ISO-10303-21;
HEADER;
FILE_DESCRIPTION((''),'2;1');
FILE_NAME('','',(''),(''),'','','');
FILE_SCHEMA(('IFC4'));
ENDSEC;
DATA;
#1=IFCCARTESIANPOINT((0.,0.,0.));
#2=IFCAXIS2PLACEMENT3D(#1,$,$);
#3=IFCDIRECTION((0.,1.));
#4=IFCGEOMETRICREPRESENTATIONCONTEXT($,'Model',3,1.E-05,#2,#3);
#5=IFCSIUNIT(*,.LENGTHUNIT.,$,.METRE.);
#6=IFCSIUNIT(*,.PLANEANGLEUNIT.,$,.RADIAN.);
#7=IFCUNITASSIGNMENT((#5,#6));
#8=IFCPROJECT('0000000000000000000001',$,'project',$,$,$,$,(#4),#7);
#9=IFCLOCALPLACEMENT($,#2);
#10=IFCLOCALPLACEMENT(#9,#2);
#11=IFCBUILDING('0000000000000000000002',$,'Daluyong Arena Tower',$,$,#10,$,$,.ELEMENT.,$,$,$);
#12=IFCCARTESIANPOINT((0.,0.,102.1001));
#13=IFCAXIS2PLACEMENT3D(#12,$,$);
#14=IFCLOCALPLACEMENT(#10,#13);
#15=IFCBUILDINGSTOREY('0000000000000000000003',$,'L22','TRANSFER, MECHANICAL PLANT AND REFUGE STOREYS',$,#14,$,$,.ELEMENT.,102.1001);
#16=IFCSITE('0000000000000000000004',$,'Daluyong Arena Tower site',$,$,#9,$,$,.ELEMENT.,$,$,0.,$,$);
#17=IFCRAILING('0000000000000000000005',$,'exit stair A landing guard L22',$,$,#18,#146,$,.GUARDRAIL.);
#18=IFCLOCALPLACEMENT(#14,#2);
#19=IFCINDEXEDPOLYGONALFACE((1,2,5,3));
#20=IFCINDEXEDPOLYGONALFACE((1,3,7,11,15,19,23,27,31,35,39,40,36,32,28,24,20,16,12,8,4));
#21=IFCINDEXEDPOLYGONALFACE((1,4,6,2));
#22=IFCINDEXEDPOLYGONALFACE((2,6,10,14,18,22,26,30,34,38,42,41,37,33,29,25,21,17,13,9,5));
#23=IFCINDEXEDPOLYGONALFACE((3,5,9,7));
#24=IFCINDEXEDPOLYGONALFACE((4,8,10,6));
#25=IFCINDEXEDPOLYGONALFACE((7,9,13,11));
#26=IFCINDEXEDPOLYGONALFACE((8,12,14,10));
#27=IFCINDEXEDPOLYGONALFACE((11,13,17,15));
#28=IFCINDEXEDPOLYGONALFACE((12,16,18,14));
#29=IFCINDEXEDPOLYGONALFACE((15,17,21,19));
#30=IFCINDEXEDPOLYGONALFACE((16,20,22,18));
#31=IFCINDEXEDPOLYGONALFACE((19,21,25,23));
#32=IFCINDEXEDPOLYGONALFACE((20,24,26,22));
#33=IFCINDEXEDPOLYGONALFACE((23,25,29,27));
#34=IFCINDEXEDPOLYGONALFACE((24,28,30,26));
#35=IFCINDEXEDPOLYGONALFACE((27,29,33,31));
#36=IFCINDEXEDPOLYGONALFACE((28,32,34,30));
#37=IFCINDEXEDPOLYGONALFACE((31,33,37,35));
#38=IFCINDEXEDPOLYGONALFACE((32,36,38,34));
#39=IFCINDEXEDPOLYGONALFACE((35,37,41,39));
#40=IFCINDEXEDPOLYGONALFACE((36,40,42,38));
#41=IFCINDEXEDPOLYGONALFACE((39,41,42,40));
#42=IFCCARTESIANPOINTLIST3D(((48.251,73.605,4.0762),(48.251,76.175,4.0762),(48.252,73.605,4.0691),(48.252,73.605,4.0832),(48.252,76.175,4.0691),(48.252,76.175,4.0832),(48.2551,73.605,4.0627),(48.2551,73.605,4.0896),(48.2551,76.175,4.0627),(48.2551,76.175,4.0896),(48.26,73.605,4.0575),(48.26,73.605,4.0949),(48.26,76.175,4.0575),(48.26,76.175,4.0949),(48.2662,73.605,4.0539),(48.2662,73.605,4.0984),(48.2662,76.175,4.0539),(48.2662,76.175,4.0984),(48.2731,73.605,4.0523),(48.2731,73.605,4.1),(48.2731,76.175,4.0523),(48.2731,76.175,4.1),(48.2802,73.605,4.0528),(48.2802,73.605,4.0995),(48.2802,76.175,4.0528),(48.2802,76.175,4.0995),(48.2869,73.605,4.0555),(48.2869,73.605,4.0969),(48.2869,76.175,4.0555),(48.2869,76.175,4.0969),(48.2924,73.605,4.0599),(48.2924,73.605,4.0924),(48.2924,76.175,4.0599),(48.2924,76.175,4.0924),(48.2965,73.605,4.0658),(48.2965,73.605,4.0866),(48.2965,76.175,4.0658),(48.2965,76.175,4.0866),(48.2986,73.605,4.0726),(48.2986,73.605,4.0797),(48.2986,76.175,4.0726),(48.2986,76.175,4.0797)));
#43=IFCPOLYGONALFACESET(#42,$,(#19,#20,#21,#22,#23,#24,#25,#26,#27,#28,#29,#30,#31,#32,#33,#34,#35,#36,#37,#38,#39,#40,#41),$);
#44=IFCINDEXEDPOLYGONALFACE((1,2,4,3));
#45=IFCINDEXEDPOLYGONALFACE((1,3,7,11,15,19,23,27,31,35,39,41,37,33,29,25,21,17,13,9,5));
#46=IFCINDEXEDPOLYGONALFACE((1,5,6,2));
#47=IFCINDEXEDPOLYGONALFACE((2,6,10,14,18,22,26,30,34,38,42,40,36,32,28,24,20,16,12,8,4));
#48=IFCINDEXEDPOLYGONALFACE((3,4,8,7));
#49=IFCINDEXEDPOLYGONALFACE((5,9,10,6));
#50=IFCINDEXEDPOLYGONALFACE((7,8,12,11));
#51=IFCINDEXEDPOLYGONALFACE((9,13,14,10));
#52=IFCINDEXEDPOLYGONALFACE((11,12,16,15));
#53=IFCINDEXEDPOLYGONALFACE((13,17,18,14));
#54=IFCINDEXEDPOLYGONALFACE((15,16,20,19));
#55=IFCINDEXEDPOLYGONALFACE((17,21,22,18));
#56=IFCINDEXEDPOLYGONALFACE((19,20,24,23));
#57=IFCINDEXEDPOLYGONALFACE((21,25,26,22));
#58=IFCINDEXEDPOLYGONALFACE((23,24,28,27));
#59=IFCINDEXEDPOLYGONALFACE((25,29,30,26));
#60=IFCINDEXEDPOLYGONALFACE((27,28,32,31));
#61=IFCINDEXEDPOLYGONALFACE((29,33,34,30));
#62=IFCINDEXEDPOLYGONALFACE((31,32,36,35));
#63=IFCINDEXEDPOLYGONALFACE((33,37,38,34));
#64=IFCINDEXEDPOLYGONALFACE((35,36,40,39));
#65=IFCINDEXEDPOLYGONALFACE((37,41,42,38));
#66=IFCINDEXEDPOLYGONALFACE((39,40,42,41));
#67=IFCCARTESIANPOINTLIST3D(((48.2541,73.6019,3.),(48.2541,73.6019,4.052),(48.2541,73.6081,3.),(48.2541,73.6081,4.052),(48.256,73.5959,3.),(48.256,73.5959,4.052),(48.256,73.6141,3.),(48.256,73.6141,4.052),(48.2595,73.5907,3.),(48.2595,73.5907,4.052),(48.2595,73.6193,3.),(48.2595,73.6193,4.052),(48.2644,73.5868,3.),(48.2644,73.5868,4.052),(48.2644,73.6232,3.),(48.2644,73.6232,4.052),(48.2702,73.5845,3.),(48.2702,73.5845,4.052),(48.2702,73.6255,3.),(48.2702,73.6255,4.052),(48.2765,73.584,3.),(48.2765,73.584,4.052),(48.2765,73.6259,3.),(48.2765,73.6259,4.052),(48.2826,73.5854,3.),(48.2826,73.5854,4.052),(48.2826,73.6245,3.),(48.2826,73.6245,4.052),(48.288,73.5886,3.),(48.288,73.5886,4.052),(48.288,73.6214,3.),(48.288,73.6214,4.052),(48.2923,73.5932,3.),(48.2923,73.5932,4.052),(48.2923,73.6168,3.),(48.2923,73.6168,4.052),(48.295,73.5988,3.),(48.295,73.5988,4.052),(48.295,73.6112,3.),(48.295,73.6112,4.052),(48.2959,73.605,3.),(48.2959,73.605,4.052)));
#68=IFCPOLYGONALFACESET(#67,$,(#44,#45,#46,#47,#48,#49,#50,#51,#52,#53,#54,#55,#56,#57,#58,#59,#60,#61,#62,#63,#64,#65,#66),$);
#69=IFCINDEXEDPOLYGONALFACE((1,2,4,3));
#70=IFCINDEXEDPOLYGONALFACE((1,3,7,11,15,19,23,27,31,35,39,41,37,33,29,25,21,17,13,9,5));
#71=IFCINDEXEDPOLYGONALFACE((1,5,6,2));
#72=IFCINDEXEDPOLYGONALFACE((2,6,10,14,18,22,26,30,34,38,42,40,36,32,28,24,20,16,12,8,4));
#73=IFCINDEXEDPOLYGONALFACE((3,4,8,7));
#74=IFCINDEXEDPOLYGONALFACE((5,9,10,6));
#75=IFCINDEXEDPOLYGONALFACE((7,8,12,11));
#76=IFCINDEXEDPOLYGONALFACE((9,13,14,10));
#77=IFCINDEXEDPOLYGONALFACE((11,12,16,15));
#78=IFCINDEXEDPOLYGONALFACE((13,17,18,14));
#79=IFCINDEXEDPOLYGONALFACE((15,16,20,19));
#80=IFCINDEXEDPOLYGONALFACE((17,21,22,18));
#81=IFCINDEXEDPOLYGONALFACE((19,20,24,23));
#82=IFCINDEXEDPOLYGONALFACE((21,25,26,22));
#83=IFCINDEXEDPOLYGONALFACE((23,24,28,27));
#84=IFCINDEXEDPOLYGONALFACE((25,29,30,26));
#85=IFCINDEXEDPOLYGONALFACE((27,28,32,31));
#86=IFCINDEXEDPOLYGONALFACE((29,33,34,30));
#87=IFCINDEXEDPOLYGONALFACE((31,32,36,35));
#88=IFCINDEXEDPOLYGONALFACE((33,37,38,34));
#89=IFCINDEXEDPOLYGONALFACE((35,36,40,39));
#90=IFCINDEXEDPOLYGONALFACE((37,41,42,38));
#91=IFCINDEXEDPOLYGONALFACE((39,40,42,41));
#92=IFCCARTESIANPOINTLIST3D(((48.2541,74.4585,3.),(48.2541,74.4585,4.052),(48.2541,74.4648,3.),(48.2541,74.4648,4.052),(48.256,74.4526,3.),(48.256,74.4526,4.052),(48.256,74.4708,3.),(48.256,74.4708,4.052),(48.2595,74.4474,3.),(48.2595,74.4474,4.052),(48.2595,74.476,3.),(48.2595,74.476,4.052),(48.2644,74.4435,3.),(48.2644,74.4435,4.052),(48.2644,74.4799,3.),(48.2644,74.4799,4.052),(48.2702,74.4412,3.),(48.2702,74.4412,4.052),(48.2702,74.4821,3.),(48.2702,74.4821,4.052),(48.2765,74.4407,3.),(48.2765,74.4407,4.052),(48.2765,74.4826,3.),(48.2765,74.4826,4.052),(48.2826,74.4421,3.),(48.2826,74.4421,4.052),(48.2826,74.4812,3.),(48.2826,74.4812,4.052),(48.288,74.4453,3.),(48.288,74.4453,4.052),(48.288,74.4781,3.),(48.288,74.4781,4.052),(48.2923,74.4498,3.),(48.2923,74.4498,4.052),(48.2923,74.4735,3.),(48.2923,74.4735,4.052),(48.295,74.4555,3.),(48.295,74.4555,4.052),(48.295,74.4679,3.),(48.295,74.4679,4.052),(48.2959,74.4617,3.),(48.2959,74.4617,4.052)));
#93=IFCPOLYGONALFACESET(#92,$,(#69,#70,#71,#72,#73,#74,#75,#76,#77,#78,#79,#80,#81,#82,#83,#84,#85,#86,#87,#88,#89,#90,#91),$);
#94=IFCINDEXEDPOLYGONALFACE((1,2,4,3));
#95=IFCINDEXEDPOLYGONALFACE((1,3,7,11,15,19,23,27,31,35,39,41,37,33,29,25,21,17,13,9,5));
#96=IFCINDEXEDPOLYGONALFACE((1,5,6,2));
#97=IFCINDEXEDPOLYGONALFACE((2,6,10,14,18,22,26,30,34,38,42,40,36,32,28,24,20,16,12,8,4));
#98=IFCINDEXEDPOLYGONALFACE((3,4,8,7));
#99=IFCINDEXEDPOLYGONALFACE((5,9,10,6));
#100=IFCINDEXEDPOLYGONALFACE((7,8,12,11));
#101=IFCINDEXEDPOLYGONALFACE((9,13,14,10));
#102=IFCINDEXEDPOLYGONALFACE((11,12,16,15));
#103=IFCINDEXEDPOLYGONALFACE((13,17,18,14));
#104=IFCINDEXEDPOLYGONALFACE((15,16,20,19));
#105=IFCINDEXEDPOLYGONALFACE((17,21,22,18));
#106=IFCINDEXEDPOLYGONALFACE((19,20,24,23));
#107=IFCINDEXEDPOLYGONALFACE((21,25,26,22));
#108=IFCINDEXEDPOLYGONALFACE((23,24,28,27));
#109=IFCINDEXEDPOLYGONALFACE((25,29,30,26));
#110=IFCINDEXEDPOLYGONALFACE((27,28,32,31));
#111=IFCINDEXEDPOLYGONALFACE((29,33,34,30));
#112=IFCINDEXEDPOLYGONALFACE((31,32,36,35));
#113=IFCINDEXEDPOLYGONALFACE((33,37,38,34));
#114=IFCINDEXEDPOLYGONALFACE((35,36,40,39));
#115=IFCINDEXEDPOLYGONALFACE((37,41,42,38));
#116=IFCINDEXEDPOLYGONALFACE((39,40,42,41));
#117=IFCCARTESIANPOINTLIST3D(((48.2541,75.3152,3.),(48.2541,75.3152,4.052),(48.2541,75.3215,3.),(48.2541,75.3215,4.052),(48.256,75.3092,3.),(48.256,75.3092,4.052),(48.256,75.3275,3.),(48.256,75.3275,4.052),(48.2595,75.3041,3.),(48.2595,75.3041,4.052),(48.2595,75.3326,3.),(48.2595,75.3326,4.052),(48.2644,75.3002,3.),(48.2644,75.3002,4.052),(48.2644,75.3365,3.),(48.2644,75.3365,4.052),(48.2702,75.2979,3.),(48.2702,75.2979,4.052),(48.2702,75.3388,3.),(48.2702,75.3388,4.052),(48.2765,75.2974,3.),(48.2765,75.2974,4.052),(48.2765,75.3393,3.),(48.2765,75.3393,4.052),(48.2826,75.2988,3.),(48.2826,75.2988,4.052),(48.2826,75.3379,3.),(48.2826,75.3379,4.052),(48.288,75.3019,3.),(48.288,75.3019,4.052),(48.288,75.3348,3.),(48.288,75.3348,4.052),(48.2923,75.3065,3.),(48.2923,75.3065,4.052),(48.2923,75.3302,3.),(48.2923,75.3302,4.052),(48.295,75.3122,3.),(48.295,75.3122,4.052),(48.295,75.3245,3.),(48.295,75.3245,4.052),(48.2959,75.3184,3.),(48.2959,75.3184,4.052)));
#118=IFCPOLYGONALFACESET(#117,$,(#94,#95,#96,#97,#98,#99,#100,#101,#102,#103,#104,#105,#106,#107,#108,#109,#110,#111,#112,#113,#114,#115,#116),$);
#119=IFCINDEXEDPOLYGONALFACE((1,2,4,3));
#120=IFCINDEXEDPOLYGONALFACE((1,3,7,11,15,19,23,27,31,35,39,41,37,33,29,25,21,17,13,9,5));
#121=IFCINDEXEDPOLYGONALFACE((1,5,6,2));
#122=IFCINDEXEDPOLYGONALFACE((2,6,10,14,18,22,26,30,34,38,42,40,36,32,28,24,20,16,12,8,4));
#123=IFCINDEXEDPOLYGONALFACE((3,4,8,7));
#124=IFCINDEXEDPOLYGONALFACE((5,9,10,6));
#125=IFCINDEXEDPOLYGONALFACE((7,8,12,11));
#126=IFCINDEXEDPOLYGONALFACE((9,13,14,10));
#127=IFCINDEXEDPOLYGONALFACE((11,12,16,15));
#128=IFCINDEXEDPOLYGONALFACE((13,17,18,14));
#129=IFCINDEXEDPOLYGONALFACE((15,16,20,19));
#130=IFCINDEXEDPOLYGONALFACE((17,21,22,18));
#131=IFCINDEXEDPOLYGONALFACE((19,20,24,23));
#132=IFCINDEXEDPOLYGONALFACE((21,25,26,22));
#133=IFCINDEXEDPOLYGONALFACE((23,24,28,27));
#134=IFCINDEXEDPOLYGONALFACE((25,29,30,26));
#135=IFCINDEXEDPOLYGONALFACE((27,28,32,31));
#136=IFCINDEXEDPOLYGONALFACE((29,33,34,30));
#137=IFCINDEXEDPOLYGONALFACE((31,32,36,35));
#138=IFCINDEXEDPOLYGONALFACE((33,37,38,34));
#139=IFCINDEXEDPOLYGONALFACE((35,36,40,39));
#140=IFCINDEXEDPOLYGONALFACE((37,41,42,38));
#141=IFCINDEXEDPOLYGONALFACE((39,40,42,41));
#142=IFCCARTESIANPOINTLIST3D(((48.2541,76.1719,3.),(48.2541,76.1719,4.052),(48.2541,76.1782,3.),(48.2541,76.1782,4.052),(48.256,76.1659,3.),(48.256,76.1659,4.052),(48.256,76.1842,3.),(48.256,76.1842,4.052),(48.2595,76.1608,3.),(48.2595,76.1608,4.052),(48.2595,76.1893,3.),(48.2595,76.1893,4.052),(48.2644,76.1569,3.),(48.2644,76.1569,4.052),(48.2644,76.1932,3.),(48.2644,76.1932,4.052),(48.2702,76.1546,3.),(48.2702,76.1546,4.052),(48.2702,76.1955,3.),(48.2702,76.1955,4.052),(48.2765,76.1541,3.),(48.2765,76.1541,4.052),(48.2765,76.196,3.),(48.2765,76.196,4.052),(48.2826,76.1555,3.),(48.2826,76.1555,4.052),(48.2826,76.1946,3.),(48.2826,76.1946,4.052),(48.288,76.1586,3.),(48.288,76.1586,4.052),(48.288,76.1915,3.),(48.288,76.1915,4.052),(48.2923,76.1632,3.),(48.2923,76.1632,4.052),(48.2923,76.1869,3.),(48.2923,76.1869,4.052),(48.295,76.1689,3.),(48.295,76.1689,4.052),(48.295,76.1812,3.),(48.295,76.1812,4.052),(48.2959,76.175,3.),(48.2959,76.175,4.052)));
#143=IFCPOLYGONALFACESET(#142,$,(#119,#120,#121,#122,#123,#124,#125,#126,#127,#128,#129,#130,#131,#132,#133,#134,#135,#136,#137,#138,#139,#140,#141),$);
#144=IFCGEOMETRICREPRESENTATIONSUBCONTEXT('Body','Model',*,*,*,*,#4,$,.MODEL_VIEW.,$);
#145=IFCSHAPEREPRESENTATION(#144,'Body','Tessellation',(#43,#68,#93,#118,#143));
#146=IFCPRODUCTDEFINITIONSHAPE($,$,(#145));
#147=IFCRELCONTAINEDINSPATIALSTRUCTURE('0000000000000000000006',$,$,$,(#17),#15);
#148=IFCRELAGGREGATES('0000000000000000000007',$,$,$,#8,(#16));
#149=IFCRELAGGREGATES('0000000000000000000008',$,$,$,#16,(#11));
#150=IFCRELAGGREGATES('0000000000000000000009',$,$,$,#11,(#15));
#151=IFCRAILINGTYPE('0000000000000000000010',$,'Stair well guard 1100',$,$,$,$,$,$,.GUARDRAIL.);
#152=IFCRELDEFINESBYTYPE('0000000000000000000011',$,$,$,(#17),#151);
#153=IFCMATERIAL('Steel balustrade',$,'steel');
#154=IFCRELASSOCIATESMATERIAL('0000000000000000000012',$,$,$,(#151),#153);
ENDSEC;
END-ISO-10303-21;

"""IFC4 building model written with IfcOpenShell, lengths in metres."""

from ifc_helpers import new_model, si_unit, direction, frame, origin, origin_2d, place, context, subcontext, project, spatial, circle, extrude, material, type_object, element, save


model = new_model("IFC4")

# Units and contexts
model_context = context("Model", 3, precision=1e-05, world=origin(), true_north=direction((0.0, 1.0)))
body_context = subcontext(model_context, "Body", "Model", "MODEL_VIEW")
ifc_project = project(units=[si_unit("LENGTHUNIT", "METRE"), si_unit("PLANEANGLEUNIT", "RADIAN")], contexts=[model_context])

# Site, building, storey
site_placement = place(None, origin())
site = spatial("IfcSite", under=ifc_project, at=site_placement, Name="Daluyong Arena Tower site", CompositionType="ELEMENT", RefElevation=0.0)
building_placement = place(site_placement, origin())
building = spatial("IfcBuilding", under=site, at=building_placement, Name="Daluyong Arena Tower", CompositionType="ELEMENT")
storey_placement = place(building_placement, frame((0.0, 0.0, 102.1001)))
storey = spatial("IfcBuildingStorey", under=building, at=storey_placement, Name="L22", Description="TRANSFER, MECHANICAL PLANT AND REFUGE STOREYS", CompositionType="ELEMENT", Elevation=102.1001)

# Railing
ifc_material_1 = material(Name="Steel balustrade", Category="steel")
railing_type_1 = type_object("IfcRailingType", Name="Stair well guard 1100", PredefinedType="GUARDRAIL", material=ifc_material_1)
railing_1_placement = place(storey_placement, frame((48.2749, 73.605, 3.0)))
element("IfcRailing", 1, at=railing_1_placement, inside=storey, type_object=railing_type_1, Name="exit stair A landing guard L22", PredefinedType="GUARDRAIL", context=body_context, shape_type="SweptSolid", body=[
    extrude(circle(Radius=0.0239, at=origin_2d()), frame((0.0, 0.0, 1.0762), z_axis=(0.0, 1.0, 0.0), x_axis=(-1.0, 0.0, 0.0)), (0.0, 0.0, 1.0), 2.5701),
    extrude(circle(Radius=0.021, at=origin_2d()), origin(), (0.0, 0.0, 1.0), 1.052),
    extrude(circle(Radius=0.021, at=origin_2d()), frame((0.0, 0.8567, 0.0)), (0.0, 0.0, 1.0), 1.052),
    extrude(circle(Radius=0.021, at=origin_2d()), frame((0.0, 1.7134, 0.0)), (0.0, 0.0, 1.0), 1.052),
    extrude(circle(Radius=0.021, at=origin_2d()), frame((0.0, 2.5701, 0.0)), (0.0, 0.0, 1.0), 1.052),
])

save(model, "model.ifc")
